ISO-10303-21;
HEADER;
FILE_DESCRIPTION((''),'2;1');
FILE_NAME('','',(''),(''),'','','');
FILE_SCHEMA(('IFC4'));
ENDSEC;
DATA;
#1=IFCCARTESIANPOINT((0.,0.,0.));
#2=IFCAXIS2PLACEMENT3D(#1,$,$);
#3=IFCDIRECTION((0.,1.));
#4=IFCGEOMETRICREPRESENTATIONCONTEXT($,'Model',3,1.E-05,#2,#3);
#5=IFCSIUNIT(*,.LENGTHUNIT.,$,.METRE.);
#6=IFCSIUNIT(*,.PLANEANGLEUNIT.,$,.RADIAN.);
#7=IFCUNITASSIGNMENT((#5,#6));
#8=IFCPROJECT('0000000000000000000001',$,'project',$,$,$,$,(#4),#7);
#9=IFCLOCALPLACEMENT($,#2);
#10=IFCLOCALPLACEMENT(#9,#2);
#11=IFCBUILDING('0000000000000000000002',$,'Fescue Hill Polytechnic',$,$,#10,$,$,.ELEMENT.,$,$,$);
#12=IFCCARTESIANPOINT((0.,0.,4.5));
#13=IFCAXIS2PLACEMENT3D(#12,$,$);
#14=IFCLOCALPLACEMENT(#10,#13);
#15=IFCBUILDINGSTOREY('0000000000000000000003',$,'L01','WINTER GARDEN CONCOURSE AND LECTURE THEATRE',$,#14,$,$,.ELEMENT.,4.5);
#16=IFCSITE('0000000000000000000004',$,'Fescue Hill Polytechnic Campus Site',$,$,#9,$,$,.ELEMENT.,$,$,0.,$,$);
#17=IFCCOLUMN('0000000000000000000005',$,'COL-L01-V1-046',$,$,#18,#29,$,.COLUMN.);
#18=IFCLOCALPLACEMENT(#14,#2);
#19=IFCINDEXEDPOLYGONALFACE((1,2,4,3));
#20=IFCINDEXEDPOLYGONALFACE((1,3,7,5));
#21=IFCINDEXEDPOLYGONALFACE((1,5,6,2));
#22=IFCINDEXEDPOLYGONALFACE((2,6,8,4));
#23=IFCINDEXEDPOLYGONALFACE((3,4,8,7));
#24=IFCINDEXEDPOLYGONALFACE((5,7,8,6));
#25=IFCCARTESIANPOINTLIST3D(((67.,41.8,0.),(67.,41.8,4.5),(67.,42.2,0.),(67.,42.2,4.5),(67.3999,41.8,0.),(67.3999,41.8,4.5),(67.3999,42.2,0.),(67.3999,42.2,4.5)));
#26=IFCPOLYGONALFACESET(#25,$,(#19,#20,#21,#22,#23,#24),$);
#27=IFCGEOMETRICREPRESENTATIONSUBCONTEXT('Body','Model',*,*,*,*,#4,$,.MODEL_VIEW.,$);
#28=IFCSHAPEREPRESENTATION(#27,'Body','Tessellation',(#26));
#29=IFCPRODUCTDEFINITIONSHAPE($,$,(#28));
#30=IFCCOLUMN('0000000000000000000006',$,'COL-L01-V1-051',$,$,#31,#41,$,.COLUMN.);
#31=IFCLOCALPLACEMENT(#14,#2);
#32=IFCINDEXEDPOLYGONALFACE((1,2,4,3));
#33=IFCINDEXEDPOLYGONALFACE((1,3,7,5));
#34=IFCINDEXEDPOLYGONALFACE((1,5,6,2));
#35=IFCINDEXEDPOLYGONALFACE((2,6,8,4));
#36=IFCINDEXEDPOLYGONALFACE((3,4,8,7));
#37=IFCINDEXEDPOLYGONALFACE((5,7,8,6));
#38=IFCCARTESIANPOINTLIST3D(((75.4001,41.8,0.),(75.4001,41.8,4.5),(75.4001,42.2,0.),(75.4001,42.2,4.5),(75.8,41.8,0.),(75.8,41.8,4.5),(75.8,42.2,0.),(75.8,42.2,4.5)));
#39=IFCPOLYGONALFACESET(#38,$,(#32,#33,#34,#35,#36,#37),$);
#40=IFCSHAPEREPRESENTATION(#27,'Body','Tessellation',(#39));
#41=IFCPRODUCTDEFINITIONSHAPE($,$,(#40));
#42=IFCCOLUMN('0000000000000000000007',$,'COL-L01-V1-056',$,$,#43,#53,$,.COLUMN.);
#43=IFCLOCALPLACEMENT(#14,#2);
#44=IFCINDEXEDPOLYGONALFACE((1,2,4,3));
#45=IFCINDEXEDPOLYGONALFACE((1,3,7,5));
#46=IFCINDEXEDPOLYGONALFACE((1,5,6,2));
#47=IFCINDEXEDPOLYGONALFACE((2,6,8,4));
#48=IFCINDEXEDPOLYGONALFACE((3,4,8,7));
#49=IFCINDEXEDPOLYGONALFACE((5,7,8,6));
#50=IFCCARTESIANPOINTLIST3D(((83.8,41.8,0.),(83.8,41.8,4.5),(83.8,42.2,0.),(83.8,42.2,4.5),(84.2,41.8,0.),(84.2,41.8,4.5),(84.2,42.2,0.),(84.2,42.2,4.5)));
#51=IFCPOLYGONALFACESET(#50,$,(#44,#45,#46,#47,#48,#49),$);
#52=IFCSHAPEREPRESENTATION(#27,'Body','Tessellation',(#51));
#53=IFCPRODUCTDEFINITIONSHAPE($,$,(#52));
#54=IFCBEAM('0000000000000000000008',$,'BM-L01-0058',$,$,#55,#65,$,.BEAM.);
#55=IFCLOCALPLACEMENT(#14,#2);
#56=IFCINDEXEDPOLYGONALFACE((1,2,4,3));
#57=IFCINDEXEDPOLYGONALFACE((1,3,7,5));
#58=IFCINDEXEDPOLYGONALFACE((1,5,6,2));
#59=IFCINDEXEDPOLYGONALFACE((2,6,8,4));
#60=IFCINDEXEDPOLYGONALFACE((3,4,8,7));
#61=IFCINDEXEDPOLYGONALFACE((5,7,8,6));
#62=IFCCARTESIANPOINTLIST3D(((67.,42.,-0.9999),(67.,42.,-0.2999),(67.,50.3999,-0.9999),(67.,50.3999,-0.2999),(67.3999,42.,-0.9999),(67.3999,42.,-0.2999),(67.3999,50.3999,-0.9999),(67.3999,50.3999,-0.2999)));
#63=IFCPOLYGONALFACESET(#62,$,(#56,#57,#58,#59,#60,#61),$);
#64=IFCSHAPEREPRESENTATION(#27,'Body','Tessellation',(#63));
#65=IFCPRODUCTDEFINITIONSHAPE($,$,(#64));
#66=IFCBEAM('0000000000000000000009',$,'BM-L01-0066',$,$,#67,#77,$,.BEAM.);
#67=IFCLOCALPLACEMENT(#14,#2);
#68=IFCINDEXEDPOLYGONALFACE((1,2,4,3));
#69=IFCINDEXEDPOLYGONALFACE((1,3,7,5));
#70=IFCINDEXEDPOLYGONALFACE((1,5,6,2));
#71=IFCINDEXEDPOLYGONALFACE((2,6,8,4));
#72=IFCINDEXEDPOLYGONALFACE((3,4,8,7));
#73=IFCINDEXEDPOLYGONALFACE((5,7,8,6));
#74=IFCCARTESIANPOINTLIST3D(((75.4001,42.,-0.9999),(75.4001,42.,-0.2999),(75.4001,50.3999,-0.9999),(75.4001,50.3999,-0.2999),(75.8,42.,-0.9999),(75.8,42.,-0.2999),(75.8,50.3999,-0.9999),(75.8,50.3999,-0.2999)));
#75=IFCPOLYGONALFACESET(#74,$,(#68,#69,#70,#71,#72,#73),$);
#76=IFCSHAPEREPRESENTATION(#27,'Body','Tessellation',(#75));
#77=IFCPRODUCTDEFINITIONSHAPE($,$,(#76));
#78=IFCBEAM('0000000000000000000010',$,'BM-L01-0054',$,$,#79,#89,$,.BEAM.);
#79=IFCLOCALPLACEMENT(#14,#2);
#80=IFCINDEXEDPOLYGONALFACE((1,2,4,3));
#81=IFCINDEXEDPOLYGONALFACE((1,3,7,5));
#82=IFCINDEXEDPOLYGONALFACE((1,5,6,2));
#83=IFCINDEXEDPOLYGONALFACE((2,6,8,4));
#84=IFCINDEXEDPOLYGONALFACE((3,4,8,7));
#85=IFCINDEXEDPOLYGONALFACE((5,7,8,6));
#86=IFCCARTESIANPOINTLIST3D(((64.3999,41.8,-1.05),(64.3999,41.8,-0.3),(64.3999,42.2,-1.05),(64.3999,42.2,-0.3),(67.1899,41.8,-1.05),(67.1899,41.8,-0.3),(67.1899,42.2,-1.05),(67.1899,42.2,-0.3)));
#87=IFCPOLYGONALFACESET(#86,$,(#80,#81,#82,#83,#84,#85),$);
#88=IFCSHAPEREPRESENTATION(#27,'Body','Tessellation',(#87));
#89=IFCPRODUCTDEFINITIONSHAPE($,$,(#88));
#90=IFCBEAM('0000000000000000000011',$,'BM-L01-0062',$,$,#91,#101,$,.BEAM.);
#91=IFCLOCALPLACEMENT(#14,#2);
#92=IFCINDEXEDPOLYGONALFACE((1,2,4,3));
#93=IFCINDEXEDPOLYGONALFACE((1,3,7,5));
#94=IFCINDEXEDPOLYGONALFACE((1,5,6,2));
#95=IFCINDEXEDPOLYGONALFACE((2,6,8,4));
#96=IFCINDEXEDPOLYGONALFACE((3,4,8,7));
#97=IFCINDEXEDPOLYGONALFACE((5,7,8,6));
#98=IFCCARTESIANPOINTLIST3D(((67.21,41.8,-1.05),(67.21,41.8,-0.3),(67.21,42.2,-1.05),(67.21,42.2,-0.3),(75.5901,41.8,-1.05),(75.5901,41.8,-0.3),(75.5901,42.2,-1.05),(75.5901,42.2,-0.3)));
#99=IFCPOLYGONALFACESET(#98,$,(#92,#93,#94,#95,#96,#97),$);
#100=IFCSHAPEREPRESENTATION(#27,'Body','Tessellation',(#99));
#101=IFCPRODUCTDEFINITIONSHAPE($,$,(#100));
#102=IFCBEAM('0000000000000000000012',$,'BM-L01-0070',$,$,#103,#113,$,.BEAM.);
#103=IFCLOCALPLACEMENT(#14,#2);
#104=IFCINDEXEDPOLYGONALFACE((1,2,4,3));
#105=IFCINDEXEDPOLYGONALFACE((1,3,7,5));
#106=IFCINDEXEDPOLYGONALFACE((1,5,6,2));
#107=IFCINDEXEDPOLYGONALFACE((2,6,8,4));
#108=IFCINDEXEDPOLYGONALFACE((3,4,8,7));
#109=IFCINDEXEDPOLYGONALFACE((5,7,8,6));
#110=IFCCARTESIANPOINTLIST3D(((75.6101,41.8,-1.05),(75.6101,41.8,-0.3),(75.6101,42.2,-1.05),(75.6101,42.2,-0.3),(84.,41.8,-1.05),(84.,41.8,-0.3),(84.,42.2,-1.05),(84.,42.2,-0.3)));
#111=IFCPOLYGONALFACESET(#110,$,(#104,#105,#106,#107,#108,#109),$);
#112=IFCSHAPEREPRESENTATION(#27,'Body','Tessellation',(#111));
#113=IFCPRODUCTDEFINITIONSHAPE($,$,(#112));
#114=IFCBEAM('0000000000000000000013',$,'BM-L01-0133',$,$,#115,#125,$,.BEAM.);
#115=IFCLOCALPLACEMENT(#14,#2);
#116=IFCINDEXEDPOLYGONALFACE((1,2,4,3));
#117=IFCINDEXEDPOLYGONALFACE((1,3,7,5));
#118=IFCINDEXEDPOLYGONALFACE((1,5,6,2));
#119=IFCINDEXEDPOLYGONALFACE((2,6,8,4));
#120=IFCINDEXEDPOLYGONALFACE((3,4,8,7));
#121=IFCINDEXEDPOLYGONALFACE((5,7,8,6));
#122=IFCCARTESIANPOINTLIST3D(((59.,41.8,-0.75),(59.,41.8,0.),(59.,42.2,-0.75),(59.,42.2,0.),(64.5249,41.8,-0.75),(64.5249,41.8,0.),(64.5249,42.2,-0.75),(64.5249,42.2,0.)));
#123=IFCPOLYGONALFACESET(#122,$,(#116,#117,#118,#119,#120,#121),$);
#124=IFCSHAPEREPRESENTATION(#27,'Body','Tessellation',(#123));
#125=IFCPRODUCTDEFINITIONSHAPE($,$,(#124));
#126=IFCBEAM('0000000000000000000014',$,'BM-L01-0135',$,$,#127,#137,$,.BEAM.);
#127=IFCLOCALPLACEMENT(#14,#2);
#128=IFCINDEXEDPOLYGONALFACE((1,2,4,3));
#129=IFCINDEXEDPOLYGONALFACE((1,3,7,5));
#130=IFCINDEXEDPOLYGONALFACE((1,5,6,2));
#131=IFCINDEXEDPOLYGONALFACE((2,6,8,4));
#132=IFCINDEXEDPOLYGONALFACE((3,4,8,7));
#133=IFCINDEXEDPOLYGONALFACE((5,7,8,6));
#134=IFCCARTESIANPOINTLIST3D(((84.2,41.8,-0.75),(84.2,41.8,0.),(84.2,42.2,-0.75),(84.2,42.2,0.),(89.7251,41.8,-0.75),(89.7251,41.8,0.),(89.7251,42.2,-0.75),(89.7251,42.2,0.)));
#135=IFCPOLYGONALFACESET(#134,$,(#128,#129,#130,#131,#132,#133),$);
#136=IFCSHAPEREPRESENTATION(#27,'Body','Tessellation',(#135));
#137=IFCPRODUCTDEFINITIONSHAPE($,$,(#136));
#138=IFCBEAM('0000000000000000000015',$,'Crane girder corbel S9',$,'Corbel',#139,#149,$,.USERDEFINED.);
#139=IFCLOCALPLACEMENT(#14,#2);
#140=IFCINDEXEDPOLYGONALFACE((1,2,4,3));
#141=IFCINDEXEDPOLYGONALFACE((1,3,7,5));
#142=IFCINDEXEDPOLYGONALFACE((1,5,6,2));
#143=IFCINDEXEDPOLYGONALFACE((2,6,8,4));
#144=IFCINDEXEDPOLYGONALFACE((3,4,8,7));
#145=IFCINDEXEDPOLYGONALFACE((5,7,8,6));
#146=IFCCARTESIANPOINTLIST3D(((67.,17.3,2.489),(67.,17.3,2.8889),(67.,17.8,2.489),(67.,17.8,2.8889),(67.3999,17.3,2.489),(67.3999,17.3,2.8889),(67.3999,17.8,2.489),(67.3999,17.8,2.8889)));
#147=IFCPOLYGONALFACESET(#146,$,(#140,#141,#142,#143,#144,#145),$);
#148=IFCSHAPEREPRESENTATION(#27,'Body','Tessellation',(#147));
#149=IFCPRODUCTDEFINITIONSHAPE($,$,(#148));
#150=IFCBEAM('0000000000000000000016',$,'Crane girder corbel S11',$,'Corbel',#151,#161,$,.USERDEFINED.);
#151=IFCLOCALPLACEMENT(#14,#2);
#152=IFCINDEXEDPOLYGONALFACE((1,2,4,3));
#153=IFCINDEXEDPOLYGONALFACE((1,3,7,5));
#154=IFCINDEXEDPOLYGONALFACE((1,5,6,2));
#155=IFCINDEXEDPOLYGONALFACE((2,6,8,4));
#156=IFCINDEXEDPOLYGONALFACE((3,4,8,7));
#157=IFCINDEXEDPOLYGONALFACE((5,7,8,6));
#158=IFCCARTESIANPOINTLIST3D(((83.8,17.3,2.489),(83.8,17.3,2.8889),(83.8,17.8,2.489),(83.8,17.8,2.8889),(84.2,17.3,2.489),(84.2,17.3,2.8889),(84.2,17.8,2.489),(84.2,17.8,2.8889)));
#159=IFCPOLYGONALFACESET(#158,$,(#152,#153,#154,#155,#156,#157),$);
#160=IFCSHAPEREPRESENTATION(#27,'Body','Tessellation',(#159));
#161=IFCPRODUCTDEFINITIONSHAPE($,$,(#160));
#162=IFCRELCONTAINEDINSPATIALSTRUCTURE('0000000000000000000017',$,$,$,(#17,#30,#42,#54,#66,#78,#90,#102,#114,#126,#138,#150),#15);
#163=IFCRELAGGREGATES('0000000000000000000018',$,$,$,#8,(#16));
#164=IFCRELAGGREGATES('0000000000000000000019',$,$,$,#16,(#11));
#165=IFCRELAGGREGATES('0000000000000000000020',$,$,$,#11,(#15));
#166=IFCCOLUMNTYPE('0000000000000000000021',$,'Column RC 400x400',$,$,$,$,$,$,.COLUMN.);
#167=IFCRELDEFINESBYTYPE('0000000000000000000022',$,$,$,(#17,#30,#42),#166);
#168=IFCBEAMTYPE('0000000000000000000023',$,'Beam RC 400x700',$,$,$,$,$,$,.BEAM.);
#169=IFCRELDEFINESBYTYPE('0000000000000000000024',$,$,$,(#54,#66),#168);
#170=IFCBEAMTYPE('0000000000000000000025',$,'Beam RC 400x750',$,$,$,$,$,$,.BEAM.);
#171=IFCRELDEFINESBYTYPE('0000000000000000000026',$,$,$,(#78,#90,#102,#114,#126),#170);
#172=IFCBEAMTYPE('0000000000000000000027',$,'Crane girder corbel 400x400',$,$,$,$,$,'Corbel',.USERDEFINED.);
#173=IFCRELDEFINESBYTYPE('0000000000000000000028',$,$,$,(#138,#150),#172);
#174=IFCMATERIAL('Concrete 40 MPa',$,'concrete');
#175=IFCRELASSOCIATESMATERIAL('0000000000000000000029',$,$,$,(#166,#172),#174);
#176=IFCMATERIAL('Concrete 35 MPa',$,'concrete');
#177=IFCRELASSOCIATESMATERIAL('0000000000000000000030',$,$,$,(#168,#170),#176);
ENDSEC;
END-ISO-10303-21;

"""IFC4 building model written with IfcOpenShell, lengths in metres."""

from ifc_helpers import new_model, si_unit, direction, frame, origin, origin_2d, place, context, subcontext, project, spatial, rectangle, extrude, material, material_profile, profile_set, type_object, element, save


model = new_model("IFC4")

# Units and contexts
model_context = context("Model", 3, precision=1e-05, world=origin(), true_north=direction((0.0, 1.0)))
body_context = subcontext(model_context, "Body", "Model", "MODEL_VIEW")
ifc_project = project(units=[si_unit("LENGTHUNIT", "METRE"), si_unit("PLANEANGLEUNIT", "RADIAN")], contexts=[model_context])

# Site, building, storey
site_placement = place(None, origin())
site = spatial("IfcSite", under=ifc_project, at=site_placement, Name="Fescue Hill Polytechnic Campus Site", CompositionType="ELEMENT", RefElevation=0.0)
building_placement = place(site_placement, origin())
building = spatial("IfcBuilding", under=site, at=building_placement, Name="Fescue Hill Polytechnic", CompositionType="ELEMENT")
storey_placement = place(building_placement, frame((0.0, 0.0, 4.5)))
storey = spatial("IfcBuildingStorey", under=building, at=storey_placement, Name="L01", Description="WINTER GARDEN CONCOURSE AND LECTURE THEATRE", CompositionType="ELEMENT", Elevation=4.5)

# Columns
ifc_material_1 = material(Name="Concrete 40 MPa", Category="concrete")
ifc_material_profile_1 = material_profile(ifc_material_1, rectangle(XDim=0.3999, YDim=0.3999, at=origin_2d()), Name="RC 400x400")
ifc_profile_set_1 = profile_set([ifc_material_profile_1], Name="Concrete 40 MPa")
column_type = type_object("IfcColumnType", Name="Column RC 400x400", PredefinedType="COLUMN", material=ifc_profile_set_1)
for number, where, z_axis, x_axis, name in (
    (1, (67.2, 42.0, 0.0), (0.0, 0.0, 1.0), (1.0, 0.0, 0.0), "COL-L01-V1-046"),
    (2, (75.6001, 42.0, 0.0), (0.0, 0.0, 1.0), (1.0, 0.0, 0.0), "COL-L01-V1-051"),
    (3, (84.0, 42.0, 0.0), (0.0, 0.0, 1.0), (1.0, 0.0, 0.0), "COL-L01-V1-056"),
):
    element("IfcColumn", number, at=place(storey_placement, frame(where, z_axis=z_axis, x_axis=x_axis)), inside=storey, type_object=column_type, Name=name, PredefinedType="COLUMN", context=body_context, shape_type="SweptSolid", body=[
        extrude(rectangle(XDim=0.3999, YDim=0.3999, at=origin_2d()), origin(), (0.0, 0.0, 1.0), 4.5),
    ])

# Beams
ifc_material_2 = material(Name="Concrete 35 MPa", Category="concrete")
ifc_material_profile_2 = material_profile(ifc_material_2, rectangle(XDim=0.3999, YDim=0.7, at=origin_2d()), Name="RC 400x700")
ifc_profile_set_2 = profile_set([ifc_material_profile_2], Name="Concrete 35 MPa")
beam_type_1 = type_object("IfcBeamType", Name="Beam RC 400x700", PredefinedType="BEAM", material=ifc_profile_set_2)
for number, where, z_axis, x_axis, name in (
    (4, (67.2, 42.0, -0.6499), (0.0, 1.0, 0.0), (-1.0, 0.0, 0.0), "BM-L01-0058"),
    (5, (75.6001, 42.0, -0.6499), (0.0, 1.0, 0.0), (-1.0, 0.0, 0.0), "BM-L01-0066"),
):
    element("IfcBeam", number, at=place(storey_placement, frame(where, z_axis=z_axis, x_axis=x_axis)), inside=storey, type_object=beam_type_1, Name=name, PredefinedType="BEAM", context=body_context, shape_type="SweptSolid", body=[
        extrude(rectangle(XDim=0.3999, YDim=0.7, at=origin_2d()), origin(), (0.0, 0.0, 1.0), 8.3999),
    ])
ifc_material_profile_3 = material_profile(ifc_material_2, rectangle(XDim=0.3999, YDim=0.75, at=origin_2d()), Name="RC 400x750")
ifc_profile_set_3 = profile_set([ifc_material_profile_3], Name="Concrete 35 MPa")
beam_type_2 = type_object("IfcBeamType", Name="Beam RC 400x750", PredefinedType="BEAM", material=ifc_profile_set_3)
beam_1_placement = place(storey_placement, frame((64.3999, 42.0, -0.675), z_axis=(1.0, 0.0, 0.0), x_axis=(0.0, 1.0, 0.0)))
element("IfcBeam", 6, at=beam_1_placement, inside=storey, type_object=beam_type_2, Name="BM-L01-0054", PredefinedType="BEAM", context=body_context, shape_type="SweptSolid", body=[
    extrude(rectangle(XDim=0.3999, YDim=0.75, at=origin_2d()), origin(), (0.0, 0.0, 1.0), 2.79),
])
beam_2_placement = place(storey_placement, frame((67.21, 42.0, -0.675), z_axis=(1.0, 0.0, 0.0), x_axis=(0.0, 1.0, 0.0)))
element("IfcBeam", 7, at=beam_2_placement, inside=storey, type_object=beam_type_2, Name="BM-L01-0062", PredefinedType="BEAM", context=body_context, shape_type="SweptSolid", body=[
    extrude(rectangle(XDim=0.3999, YDim=0.75, at=origin_2d()), origin(), (0.0, 0.0, 1.0), 8.3801),
])
beam_3_placement = place(storey_placement, frame((75.6101, 42.0, -0.675), z_axis=(1.0, 0.0, 0.0), x_axis=(0.0, 1.0, 0.0)))
element("IfcBeam", 8, at=beam_3_placement, inside=storey, type_object=beam_type_2, Name="BM-L01-0070", PredefinedType="BEAM", context=body_context, shape_type="SweptSolid", body=[
    extrude(rectangle(XDim=0.3999, YDim=0.75, at=origin_2d()), origin(), (0.0, 0.0, 1.0), 8.3899),
])
beam_4_placement = place(storey_placement, frame((59.0, 42.0, -0.375), z_axis=(1.0, 0.0, 0.0), x_axis=(0.0, 1.0, 0.0)))
element("IfcBeam", 9, at=beam_4_placement, inside=storey, type_object=beam_type_2, Name="BM-L01-0133", PredefinedType="BEAM", context=body_context, shape_type="SweptSolid", body=[
    extrude(rectangle(XDim=0.3999, YDim=0.75, at=origin_2d()), origin(), (0.0, 0.0, 1.0), 5.5249),
])
beam_5_placement = place(storey_placement, frame((84.2, 42.0, -0.375), z_axis=(1.0, 0.0, 0.0), x_axis=(0.0, 1.0, 0.0)))
element("IfcBeam", 10, at=beam_5_placement, inside=storey, type_object=beam_type_2, Name="BM-L01-0135", PredefinedType="BEAM", context=body_context, shape_type="SweptSolid", body=[
    extrude(rectangle(XDim=0.3999, YDim=0.75, at=origin_2d()), origin(), (0.0, 0.0, 1.0), 5.5251),
])
ifc_material_profile_4 = material_profile(ifc_material_1, rectangle(XDim=0.3999, YDim=0.3999, at=origin_2d()), Name="Crane girder corbel 400x400")
ifc_profile_set_4 = profile_set([ifc_material_profile_4], Name="Concrete 40 MPa")
beam_type_3 = type_object("IfcBeamType", Name="Crane girder corbel 400x400", ElementType="Corbel", PredefinedType="USERDEFINED", material=ifc_profile_set_4)
for number, where, z_axis, x_axis, name in (
    (11, (67.2, 17.3, 2.689), (0.0, 1.0, 0.0), (-1.0, 0.0, 0.0), "Crane girder corbel S9"),
    (12, (84.0, 17.3, 2.689), (0.0, 1.0, 0.0), (-1.0, 0.0, 0.0), "Crane girder corbel S11"),
):
    element("IfcBeam", number, at=place(storey_placement, frame(where, z_axis=z_axis, x_axis=x_axis)), inside=storey, type_object=beam_type_3, Name=name, ObjectType="Corbel", PredefinedType="USERDEFINED", context=body_context, shape_type="SweptSolid", body=[
        extrude(rectangle(XDim=0.3999, YDim=0.3999, at=origin_2d()), origin(), (0.0, 0.0, 1.0), 0.5),
    ])

save(model, "model.ifc")
